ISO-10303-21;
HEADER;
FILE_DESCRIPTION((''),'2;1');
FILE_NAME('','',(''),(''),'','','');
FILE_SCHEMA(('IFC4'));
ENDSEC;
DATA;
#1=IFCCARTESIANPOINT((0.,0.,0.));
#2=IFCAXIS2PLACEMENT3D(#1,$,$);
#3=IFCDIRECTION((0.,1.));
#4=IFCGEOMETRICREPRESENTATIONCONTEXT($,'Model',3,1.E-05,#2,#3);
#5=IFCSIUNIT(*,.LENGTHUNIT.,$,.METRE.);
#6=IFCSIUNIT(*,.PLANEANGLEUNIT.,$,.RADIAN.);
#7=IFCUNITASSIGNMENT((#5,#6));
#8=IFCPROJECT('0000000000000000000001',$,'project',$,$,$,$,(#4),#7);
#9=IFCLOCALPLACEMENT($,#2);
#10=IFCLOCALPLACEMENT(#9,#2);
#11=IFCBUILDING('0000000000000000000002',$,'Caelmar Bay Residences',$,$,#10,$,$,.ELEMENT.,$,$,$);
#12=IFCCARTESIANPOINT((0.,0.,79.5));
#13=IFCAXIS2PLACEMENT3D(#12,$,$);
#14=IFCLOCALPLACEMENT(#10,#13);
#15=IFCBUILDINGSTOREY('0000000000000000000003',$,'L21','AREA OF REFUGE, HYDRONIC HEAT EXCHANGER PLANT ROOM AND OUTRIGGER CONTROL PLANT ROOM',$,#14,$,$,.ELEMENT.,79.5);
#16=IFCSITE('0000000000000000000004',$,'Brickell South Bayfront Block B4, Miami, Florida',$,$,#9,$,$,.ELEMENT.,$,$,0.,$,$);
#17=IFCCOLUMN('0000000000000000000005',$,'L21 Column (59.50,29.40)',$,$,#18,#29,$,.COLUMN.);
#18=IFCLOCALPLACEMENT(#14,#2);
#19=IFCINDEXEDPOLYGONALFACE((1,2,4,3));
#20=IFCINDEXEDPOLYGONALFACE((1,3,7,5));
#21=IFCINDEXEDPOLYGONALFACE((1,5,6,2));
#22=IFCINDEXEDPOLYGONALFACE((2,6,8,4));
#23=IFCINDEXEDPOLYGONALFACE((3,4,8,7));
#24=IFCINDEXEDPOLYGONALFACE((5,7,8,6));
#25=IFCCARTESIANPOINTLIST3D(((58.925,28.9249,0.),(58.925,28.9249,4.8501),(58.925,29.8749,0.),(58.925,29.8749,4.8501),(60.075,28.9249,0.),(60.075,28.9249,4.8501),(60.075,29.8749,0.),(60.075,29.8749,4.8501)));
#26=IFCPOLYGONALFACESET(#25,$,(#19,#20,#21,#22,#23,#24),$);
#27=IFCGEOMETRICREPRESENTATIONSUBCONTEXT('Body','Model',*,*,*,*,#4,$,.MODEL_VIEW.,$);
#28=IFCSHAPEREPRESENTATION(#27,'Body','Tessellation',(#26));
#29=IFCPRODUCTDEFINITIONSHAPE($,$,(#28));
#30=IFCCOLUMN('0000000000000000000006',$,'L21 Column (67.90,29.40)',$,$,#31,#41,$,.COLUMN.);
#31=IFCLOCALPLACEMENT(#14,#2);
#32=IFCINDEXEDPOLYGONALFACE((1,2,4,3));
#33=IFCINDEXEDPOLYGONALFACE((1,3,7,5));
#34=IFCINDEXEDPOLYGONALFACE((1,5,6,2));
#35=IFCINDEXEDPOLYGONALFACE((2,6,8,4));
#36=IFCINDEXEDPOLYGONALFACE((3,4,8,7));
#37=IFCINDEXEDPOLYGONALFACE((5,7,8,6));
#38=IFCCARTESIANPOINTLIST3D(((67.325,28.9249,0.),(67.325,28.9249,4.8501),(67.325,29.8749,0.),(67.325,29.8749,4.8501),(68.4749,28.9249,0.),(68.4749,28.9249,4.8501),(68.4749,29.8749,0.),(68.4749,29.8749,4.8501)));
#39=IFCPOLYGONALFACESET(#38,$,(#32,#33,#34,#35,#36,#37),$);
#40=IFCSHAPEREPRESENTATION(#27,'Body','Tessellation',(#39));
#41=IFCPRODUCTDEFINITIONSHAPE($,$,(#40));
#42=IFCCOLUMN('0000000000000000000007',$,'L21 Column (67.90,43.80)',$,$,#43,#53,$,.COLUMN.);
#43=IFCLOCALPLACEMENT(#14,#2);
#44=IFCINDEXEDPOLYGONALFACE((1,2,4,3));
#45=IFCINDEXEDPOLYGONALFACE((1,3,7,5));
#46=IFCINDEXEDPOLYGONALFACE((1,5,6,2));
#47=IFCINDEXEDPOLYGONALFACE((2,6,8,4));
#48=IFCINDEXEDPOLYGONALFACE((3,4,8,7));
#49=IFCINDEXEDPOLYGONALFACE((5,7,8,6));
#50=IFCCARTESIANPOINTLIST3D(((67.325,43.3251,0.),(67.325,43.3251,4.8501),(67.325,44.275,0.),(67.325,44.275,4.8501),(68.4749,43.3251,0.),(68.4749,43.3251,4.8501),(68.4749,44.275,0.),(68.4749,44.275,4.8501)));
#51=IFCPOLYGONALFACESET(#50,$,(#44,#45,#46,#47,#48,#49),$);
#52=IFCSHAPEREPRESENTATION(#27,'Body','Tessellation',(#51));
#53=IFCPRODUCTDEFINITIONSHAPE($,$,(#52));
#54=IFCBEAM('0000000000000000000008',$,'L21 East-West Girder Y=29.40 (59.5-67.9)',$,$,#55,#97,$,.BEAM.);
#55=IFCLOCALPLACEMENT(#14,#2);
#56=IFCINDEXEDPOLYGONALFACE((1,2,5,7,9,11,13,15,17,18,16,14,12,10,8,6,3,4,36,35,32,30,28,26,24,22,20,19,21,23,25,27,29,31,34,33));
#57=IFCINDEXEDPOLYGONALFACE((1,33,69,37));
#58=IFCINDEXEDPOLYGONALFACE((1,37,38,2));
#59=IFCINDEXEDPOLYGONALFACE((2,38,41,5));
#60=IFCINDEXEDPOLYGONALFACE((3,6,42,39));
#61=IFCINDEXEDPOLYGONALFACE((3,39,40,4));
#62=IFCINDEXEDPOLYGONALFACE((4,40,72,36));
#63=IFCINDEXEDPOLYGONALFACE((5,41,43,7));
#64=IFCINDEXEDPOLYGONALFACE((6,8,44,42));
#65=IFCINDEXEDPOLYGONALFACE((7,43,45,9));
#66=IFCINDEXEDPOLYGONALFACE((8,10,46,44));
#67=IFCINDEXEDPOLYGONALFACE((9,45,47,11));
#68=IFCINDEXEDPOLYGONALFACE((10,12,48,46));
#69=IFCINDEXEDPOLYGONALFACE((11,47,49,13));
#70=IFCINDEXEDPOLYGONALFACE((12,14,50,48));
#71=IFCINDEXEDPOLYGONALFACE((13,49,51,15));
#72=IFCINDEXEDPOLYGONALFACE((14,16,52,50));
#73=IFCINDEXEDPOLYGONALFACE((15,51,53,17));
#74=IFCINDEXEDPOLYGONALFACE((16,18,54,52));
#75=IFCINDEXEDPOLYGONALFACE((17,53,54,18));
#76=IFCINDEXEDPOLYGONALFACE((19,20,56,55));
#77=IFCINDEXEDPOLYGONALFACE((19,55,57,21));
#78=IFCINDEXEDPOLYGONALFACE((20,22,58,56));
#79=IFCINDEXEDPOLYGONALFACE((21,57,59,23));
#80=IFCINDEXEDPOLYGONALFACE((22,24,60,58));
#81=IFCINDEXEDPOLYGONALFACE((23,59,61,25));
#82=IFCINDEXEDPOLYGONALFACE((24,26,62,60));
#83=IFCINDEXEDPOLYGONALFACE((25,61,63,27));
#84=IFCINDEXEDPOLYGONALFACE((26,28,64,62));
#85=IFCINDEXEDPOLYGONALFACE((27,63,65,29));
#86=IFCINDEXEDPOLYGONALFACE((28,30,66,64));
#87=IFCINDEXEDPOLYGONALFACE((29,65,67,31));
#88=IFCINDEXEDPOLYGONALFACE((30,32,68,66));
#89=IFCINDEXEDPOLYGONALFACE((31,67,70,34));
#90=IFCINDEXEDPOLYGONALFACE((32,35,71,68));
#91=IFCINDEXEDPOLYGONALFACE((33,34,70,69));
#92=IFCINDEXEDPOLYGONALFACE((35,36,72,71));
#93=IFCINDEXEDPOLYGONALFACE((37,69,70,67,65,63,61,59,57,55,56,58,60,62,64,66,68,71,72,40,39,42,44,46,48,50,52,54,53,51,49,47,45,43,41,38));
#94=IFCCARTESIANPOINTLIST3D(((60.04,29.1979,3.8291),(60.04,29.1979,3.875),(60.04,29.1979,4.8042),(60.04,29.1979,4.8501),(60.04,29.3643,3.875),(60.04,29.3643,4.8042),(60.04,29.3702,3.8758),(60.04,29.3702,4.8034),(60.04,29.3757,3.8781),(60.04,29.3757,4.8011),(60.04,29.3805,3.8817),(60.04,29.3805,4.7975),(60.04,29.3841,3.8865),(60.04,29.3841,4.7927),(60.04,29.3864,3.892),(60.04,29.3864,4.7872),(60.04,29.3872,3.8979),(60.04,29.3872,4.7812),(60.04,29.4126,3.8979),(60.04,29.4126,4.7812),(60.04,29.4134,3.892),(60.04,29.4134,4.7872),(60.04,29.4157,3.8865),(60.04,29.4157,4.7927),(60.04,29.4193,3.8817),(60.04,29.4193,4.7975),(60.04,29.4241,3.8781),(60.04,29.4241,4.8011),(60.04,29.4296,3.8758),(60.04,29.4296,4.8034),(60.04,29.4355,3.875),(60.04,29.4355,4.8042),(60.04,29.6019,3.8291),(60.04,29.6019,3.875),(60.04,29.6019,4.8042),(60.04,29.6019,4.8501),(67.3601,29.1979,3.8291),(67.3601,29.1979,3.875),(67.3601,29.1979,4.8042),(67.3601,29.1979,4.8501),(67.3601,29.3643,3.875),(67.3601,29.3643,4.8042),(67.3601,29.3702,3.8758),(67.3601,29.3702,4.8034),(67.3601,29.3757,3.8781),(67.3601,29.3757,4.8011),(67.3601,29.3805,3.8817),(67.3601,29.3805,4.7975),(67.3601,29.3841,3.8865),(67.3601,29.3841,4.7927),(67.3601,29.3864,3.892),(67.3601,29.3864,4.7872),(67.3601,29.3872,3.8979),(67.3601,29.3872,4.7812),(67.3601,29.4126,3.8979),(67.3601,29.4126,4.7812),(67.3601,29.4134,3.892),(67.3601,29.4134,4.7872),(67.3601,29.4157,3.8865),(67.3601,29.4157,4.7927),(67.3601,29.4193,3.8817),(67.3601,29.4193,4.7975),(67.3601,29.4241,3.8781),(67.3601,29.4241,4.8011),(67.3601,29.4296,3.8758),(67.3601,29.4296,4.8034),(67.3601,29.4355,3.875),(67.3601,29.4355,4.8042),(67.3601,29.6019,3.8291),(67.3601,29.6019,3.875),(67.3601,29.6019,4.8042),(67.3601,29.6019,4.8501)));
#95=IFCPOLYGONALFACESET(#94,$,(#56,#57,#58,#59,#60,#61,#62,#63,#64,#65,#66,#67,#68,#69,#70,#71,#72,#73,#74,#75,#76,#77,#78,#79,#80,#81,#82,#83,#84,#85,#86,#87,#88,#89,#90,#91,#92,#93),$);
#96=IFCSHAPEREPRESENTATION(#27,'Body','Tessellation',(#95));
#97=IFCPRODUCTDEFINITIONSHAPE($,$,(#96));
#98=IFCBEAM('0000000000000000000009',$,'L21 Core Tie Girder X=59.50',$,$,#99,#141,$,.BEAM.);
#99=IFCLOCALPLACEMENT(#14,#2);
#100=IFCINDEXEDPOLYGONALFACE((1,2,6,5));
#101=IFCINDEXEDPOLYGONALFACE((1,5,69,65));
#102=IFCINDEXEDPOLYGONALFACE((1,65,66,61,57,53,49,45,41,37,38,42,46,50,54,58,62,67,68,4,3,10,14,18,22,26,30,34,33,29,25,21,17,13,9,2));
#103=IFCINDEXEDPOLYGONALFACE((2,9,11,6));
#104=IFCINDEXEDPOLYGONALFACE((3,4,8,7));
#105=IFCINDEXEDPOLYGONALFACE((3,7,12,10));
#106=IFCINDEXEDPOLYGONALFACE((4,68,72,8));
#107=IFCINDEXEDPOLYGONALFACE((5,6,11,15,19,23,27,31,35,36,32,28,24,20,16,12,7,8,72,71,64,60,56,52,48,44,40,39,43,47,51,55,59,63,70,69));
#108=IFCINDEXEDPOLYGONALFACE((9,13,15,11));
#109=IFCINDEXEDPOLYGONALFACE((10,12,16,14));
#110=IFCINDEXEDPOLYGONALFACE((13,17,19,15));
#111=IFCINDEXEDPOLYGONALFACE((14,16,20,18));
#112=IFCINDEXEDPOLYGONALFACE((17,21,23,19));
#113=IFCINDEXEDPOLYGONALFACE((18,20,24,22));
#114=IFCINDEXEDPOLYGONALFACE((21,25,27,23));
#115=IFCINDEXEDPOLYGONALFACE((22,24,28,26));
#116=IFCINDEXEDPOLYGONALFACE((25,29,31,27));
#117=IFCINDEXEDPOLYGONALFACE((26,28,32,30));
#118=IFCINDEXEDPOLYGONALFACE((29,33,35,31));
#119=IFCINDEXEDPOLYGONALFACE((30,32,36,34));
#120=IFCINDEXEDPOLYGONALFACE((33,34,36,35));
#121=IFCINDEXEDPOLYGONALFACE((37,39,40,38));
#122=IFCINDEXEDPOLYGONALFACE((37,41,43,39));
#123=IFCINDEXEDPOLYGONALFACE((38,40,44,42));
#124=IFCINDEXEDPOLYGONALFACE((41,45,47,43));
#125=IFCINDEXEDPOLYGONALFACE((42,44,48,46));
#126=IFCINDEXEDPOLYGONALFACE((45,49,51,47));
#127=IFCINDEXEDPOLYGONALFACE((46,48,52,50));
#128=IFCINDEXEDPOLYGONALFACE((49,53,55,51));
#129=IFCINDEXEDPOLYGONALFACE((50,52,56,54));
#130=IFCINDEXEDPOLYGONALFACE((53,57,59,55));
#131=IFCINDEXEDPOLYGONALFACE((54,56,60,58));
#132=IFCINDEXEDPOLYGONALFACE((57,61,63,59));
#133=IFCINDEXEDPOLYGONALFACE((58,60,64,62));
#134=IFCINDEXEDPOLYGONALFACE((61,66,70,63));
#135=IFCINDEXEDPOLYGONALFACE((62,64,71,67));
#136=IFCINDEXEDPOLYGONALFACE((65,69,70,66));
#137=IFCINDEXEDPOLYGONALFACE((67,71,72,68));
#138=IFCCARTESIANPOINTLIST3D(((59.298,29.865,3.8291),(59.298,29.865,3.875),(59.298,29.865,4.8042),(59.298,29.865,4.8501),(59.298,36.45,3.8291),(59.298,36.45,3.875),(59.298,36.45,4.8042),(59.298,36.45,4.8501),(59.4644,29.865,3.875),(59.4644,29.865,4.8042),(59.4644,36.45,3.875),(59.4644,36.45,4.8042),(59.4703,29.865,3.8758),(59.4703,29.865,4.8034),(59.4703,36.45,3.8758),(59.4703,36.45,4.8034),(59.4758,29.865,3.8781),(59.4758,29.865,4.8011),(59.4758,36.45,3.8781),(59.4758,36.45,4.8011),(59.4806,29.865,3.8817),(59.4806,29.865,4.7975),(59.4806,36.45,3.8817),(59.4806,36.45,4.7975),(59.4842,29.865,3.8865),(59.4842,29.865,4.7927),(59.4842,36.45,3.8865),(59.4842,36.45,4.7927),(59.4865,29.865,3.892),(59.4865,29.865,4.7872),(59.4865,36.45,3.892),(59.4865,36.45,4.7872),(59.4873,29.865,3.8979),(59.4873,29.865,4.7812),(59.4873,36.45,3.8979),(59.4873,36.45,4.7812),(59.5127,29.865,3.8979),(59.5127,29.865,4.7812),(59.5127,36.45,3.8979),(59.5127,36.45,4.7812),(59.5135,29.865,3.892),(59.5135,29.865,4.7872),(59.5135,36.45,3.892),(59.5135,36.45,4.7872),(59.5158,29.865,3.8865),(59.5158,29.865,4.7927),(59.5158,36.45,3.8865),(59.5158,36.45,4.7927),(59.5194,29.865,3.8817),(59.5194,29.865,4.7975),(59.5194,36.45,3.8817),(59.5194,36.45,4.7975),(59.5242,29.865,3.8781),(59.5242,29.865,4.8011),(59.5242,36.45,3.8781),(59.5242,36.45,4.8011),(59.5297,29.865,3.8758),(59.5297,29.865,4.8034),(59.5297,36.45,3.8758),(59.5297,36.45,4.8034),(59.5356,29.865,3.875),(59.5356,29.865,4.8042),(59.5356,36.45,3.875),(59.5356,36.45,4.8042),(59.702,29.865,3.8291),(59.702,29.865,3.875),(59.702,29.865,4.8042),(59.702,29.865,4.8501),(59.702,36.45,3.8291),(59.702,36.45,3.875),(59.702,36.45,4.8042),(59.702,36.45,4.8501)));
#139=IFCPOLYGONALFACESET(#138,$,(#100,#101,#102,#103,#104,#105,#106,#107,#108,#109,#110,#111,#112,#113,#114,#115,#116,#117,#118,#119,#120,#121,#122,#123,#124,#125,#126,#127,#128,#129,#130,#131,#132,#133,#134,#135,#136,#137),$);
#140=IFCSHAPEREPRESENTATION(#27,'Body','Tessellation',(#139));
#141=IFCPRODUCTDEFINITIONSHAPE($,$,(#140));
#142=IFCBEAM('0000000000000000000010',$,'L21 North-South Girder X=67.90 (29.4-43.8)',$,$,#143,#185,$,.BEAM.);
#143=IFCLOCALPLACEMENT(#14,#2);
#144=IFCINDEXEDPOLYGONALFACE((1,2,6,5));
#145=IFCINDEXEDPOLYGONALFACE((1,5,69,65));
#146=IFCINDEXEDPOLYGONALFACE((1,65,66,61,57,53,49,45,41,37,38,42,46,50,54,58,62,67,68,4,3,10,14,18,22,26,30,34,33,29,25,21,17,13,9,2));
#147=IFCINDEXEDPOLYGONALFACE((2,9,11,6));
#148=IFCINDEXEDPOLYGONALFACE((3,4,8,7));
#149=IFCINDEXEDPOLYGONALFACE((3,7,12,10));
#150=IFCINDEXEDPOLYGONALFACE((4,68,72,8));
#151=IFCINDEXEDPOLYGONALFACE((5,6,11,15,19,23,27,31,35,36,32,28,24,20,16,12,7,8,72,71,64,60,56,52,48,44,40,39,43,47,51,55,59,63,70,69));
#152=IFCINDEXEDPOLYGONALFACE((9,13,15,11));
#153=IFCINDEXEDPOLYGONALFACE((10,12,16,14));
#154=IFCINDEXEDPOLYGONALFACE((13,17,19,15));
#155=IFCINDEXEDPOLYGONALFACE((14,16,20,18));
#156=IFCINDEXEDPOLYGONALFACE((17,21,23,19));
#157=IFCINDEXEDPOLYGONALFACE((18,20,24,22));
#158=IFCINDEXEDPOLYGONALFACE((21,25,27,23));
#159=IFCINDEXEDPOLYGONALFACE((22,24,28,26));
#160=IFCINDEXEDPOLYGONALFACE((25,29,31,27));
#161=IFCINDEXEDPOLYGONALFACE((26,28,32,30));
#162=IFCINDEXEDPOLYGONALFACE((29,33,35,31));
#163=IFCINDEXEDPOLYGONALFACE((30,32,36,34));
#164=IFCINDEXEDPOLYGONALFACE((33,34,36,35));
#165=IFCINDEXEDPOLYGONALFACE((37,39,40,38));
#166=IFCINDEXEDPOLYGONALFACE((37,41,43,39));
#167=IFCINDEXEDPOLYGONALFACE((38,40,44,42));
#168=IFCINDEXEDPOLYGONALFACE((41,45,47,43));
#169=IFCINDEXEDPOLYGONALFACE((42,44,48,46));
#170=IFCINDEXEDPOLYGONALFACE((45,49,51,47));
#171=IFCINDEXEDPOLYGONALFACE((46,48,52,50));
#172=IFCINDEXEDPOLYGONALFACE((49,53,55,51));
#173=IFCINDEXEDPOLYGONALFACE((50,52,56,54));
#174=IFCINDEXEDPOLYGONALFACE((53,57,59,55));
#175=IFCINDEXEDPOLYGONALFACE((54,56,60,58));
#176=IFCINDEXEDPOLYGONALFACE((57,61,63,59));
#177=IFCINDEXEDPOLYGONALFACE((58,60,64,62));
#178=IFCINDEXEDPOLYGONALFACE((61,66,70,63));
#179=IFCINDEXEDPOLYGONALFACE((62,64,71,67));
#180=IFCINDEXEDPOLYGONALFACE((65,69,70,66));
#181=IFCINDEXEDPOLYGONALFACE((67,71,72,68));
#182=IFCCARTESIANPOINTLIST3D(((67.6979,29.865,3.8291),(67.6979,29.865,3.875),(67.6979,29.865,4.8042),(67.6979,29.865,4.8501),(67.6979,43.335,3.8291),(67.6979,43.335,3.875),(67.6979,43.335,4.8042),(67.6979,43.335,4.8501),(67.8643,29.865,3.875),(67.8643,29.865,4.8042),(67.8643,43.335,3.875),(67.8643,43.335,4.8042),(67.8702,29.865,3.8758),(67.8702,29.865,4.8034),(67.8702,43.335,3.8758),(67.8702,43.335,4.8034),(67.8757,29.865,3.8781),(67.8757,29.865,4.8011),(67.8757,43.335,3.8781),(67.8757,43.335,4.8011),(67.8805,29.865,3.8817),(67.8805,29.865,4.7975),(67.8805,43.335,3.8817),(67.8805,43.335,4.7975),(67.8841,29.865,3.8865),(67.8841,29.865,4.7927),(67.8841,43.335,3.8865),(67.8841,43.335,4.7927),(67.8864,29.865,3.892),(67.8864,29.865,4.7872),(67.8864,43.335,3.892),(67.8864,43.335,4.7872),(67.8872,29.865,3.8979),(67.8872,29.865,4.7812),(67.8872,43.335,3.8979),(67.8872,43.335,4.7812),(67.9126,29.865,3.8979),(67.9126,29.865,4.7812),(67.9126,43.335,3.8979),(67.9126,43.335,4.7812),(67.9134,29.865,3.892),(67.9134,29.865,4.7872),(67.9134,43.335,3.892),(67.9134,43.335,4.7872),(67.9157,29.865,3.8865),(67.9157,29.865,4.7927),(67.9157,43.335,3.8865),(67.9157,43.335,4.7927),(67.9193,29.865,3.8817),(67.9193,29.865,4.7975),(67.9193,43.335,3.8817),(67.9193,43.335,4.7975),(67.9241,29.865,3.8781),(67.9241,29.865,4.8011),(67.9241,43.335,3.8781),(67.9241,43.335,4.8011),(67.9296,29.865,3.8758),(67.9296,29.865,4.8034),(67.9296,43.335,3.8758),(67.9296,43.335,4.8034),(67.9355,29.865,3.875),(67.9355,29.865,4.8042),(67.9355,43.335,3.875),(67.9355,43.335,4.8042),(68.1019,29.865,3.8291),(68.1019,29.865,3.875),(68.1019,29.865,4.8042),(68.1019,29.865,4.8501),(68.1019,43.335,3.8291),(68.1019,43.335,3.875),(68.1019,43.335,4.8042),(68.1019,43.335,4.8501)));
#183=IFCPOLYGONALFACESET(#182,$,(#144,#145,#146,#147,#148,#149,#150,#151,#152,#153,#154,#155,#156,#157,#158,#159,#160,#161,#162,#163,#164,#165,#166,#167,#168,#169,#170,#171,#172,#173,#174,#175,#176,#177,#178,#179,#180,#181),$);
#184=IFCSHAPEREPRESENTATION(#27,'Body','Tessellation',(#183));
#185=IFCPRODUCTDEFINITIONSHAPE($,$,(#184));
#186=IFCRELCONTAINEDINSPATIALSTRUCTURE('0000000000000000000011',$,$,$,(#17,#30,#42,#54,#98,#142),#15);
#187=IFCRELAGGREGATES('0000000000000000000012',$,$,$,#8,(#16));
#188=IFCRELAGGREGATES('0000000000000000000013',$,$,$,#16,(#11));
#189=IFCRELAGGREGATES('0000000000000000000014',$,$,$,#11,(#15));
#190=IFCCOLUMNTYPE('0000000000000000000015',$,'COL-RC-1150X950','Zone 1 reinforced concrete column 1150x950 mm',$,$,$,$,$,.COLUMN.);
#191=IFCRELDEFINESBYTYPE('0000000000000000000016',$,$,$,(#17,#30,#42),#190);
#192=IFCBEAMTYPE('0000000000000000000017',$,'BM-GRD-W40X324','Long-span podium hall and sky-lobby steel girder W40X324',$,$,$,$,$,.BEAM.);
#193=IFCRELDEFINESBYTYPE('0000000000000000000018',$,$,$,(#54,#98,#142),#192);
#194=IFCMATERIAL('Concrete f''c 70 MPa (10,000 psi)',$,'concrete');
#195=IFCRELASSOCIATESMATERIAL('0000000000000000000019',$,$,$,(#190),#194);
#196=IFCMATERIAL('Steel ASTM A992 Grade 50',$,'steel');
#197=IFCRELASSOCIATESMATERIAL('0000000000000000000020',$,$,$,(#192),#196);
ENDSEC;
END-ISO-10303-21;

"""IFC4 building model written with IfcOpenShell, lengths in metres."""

from ifc_helpers import new_model, si_unit, direction, frame, origin, origin_2d, place, context, subcontext, project, spatial, rectangle, i_section, extrude, material, material_profile, profile_set, type_object, element, save


model = new_model("IFC4")

# Units and contexts
model_context = context("Model", 3, precision=1e-05, world=origin(), true_north=direction((0.0, 1.0)))
body_context = subcontext(model_context, "Body", "Model", "MODEL_VIEW")
ifc_project = project(units=[si_unit("LENGTHUNIT", "METRE"), si_unit("PLANEANGLEUNIT", "RADIAN")], contexts=[model_context])

# Site, building, storey
site_placement = place(None, origin())
site = spatial("IfcSite", under=ifc_project, at=site_placement, Name="Brickell South Bayfront Block B4, Miami, Florida", CompositionType="ELEMENT", RefElevation=0.0)
building_placement = place(site_placement, origin())
building = spatial("IfcBuilding", under=site, at=building_placement, Name="Caelmar Bay Residences", CompositionType="ELEMENT")
storey_placement = place(building_placement, frame((0.0, 0.0, 79.5)))
storey = spatial("IfcBuildingStorey", under=building, at=storey_placement, Name="L21", Description="AREA OF REFUGE, HYDRONIC HEAT EXCHANGER PLANT ROOM AND OUTRIGGER CONTROL PLANT ROOM", CompositionType="ELEMENT", Elevation=79.5)

# Columns
ifc_material_1 = material(Name="Concrete f'c 70 MPa (10,000 psi)", Category="concrete")
ifc_material_profile_1 = material_profile(ifc_material_1, rectangle(XDim=1.1499, YDim=0.95, at=origin_2d()), Name="RC-COL-1150X950")
ifc_profile_set_1 = profile_set([ifc_material_profile_1], Name="Concrete f'c 70 MPa (10,000 psi)")
column_type = type_object("IfcColumnType", Name="COL-RC-1150X950", Description="Zone 1 reinforced concrete column 1150x950 mm", PredefinedType="COLUMN", material=ifc_profile_set_1)
for number, where, z_axis, x_axis, name in (
    (1, (59.5, 29.3999, 0.0), (0.0, 0.0, 1.0), (1.0, 0.0, 0.0), "L21 Column (59.50,29.40)"),
    (2, (67.8999, 29.3999, 0.0), (0.0, 0.0, 1.0), (1.0, 0.0, 0.0), "L21 Column (67.90,29.40)"),
    (3, (67.8999, 43.8, 0.0), (0.0, 0.0, 1.0), (1.0, 0.0, 0.0), "L21 Column (67.90,43.80)"),
):
    element("IfcColumn", number, at=place(storey_placement, frame(where, z_axis=z_axis, x_axis=x_axis)), inside=storey, type_object=column_type, Name=name, PredefinedType="COLUMN", context=body_context, shape_type="SweptSolid", body=[
        extrude(rectangle(XDim=1.1499, YDim=0.95, at=origin_2d()), origin(), (0.0, 0.0, 1.0), 4.8501),
    ])

# Beams
ifc_material_2 = material(Name="Steel ASTM A992 Grade 50", Category="steel")
ifc_material_profile_2 = material_profile(ifc_material_2, i_section(OverallWidth=0.4041, OverallDepth=1.021, WebThickness=0.0254, FlangeThickness=0.0459, FilletRadius=0.0229, at=origin_2d()), Name="W40X324")
ifc_profile_set_2 = profile_set([ifc_material_profile_2], Name="Steel ASTM A992 Grade 50")
beam_type_1 = type_object("IfcBeamType", Name="BM-GRD-W40X324", Description="Long-span podium hall and sky-lobby steel girder W40X324", PredefinedType="BEAM", material=ifc_profile_set_2)
beam_1_placement = place(storey_placement, frame((60.04, 29.3999, 4.3396), z_axis=(1.0, 0.0, 0.0), x_axis=(0.0, 1.0, 0.0)))
element("IfcBeam", 4, at=beam_1_placement, inside=storey, type_object=beam_type_1, Name="L21 East-West Girder Y=29.40 (59.5-67.9)", PredefinedType="BEAM", context=body_context, shape_type="SweptSolid", body=[
    extrude(i_section(OverallWidth=0.4041, OverallDepth=1.021, WebThickness=0.0254, FlangeThickness=0.0459, FilletRadius=0.0229, at=origin_2d()), origin(), (0.0, 0.0, 1.0), 7.3201),
])
beam_2_placement = place(storey_placement, frame((59.5, 29.865, 4.3396), z_axis=(0.0, 1.0, 0.0), x_axis=(-1.0, 0.0, 0.0)))
element("IfcBeam", 5, at=beam_2_placement, inside=storey, type_object=beam_type_1, Name="L21 Core Tie Girder X=59.50", PredefinedType="BEAM", context=body_context, shape_type="SweptSolid", body=[
    extrude(i_section(OverallWidth=0.4041, OverallDepth=1.021, WebThickness=0.0254, FlangeThickness=0.0459, FilletRadius=0.0229, at=origin_2d()), origin(), (0.0, 0.0, 1.0), 6.585),
])
beam_3_placement = place(storey_placement, frame((67.8999, 29.865, 4.3396), z_axis=(0.0, 1.0, 0.0), x_axis=(-1.0, 0.0, 0.0)))
element("IfcBeam", 6, at=beam_3_placement, inside=storey, type_object=beam_type_1, Name="L21 North-South Girder X=67.90 (29.4-43.8)", PredefinedType="BEAM", context=body_context, shape_type="SweptSolid", body=[
    extrude(i_section(OverallWidth=0.4041, OverallDepth=1.021, WebThickness=0.0254, FlangeThickness=0.0459, FilletRadius=0.0229, at=origin_2d()), origin(), (0.0, 0.0, 1.0), 13.47),
])

save(model, "model.ifc")
